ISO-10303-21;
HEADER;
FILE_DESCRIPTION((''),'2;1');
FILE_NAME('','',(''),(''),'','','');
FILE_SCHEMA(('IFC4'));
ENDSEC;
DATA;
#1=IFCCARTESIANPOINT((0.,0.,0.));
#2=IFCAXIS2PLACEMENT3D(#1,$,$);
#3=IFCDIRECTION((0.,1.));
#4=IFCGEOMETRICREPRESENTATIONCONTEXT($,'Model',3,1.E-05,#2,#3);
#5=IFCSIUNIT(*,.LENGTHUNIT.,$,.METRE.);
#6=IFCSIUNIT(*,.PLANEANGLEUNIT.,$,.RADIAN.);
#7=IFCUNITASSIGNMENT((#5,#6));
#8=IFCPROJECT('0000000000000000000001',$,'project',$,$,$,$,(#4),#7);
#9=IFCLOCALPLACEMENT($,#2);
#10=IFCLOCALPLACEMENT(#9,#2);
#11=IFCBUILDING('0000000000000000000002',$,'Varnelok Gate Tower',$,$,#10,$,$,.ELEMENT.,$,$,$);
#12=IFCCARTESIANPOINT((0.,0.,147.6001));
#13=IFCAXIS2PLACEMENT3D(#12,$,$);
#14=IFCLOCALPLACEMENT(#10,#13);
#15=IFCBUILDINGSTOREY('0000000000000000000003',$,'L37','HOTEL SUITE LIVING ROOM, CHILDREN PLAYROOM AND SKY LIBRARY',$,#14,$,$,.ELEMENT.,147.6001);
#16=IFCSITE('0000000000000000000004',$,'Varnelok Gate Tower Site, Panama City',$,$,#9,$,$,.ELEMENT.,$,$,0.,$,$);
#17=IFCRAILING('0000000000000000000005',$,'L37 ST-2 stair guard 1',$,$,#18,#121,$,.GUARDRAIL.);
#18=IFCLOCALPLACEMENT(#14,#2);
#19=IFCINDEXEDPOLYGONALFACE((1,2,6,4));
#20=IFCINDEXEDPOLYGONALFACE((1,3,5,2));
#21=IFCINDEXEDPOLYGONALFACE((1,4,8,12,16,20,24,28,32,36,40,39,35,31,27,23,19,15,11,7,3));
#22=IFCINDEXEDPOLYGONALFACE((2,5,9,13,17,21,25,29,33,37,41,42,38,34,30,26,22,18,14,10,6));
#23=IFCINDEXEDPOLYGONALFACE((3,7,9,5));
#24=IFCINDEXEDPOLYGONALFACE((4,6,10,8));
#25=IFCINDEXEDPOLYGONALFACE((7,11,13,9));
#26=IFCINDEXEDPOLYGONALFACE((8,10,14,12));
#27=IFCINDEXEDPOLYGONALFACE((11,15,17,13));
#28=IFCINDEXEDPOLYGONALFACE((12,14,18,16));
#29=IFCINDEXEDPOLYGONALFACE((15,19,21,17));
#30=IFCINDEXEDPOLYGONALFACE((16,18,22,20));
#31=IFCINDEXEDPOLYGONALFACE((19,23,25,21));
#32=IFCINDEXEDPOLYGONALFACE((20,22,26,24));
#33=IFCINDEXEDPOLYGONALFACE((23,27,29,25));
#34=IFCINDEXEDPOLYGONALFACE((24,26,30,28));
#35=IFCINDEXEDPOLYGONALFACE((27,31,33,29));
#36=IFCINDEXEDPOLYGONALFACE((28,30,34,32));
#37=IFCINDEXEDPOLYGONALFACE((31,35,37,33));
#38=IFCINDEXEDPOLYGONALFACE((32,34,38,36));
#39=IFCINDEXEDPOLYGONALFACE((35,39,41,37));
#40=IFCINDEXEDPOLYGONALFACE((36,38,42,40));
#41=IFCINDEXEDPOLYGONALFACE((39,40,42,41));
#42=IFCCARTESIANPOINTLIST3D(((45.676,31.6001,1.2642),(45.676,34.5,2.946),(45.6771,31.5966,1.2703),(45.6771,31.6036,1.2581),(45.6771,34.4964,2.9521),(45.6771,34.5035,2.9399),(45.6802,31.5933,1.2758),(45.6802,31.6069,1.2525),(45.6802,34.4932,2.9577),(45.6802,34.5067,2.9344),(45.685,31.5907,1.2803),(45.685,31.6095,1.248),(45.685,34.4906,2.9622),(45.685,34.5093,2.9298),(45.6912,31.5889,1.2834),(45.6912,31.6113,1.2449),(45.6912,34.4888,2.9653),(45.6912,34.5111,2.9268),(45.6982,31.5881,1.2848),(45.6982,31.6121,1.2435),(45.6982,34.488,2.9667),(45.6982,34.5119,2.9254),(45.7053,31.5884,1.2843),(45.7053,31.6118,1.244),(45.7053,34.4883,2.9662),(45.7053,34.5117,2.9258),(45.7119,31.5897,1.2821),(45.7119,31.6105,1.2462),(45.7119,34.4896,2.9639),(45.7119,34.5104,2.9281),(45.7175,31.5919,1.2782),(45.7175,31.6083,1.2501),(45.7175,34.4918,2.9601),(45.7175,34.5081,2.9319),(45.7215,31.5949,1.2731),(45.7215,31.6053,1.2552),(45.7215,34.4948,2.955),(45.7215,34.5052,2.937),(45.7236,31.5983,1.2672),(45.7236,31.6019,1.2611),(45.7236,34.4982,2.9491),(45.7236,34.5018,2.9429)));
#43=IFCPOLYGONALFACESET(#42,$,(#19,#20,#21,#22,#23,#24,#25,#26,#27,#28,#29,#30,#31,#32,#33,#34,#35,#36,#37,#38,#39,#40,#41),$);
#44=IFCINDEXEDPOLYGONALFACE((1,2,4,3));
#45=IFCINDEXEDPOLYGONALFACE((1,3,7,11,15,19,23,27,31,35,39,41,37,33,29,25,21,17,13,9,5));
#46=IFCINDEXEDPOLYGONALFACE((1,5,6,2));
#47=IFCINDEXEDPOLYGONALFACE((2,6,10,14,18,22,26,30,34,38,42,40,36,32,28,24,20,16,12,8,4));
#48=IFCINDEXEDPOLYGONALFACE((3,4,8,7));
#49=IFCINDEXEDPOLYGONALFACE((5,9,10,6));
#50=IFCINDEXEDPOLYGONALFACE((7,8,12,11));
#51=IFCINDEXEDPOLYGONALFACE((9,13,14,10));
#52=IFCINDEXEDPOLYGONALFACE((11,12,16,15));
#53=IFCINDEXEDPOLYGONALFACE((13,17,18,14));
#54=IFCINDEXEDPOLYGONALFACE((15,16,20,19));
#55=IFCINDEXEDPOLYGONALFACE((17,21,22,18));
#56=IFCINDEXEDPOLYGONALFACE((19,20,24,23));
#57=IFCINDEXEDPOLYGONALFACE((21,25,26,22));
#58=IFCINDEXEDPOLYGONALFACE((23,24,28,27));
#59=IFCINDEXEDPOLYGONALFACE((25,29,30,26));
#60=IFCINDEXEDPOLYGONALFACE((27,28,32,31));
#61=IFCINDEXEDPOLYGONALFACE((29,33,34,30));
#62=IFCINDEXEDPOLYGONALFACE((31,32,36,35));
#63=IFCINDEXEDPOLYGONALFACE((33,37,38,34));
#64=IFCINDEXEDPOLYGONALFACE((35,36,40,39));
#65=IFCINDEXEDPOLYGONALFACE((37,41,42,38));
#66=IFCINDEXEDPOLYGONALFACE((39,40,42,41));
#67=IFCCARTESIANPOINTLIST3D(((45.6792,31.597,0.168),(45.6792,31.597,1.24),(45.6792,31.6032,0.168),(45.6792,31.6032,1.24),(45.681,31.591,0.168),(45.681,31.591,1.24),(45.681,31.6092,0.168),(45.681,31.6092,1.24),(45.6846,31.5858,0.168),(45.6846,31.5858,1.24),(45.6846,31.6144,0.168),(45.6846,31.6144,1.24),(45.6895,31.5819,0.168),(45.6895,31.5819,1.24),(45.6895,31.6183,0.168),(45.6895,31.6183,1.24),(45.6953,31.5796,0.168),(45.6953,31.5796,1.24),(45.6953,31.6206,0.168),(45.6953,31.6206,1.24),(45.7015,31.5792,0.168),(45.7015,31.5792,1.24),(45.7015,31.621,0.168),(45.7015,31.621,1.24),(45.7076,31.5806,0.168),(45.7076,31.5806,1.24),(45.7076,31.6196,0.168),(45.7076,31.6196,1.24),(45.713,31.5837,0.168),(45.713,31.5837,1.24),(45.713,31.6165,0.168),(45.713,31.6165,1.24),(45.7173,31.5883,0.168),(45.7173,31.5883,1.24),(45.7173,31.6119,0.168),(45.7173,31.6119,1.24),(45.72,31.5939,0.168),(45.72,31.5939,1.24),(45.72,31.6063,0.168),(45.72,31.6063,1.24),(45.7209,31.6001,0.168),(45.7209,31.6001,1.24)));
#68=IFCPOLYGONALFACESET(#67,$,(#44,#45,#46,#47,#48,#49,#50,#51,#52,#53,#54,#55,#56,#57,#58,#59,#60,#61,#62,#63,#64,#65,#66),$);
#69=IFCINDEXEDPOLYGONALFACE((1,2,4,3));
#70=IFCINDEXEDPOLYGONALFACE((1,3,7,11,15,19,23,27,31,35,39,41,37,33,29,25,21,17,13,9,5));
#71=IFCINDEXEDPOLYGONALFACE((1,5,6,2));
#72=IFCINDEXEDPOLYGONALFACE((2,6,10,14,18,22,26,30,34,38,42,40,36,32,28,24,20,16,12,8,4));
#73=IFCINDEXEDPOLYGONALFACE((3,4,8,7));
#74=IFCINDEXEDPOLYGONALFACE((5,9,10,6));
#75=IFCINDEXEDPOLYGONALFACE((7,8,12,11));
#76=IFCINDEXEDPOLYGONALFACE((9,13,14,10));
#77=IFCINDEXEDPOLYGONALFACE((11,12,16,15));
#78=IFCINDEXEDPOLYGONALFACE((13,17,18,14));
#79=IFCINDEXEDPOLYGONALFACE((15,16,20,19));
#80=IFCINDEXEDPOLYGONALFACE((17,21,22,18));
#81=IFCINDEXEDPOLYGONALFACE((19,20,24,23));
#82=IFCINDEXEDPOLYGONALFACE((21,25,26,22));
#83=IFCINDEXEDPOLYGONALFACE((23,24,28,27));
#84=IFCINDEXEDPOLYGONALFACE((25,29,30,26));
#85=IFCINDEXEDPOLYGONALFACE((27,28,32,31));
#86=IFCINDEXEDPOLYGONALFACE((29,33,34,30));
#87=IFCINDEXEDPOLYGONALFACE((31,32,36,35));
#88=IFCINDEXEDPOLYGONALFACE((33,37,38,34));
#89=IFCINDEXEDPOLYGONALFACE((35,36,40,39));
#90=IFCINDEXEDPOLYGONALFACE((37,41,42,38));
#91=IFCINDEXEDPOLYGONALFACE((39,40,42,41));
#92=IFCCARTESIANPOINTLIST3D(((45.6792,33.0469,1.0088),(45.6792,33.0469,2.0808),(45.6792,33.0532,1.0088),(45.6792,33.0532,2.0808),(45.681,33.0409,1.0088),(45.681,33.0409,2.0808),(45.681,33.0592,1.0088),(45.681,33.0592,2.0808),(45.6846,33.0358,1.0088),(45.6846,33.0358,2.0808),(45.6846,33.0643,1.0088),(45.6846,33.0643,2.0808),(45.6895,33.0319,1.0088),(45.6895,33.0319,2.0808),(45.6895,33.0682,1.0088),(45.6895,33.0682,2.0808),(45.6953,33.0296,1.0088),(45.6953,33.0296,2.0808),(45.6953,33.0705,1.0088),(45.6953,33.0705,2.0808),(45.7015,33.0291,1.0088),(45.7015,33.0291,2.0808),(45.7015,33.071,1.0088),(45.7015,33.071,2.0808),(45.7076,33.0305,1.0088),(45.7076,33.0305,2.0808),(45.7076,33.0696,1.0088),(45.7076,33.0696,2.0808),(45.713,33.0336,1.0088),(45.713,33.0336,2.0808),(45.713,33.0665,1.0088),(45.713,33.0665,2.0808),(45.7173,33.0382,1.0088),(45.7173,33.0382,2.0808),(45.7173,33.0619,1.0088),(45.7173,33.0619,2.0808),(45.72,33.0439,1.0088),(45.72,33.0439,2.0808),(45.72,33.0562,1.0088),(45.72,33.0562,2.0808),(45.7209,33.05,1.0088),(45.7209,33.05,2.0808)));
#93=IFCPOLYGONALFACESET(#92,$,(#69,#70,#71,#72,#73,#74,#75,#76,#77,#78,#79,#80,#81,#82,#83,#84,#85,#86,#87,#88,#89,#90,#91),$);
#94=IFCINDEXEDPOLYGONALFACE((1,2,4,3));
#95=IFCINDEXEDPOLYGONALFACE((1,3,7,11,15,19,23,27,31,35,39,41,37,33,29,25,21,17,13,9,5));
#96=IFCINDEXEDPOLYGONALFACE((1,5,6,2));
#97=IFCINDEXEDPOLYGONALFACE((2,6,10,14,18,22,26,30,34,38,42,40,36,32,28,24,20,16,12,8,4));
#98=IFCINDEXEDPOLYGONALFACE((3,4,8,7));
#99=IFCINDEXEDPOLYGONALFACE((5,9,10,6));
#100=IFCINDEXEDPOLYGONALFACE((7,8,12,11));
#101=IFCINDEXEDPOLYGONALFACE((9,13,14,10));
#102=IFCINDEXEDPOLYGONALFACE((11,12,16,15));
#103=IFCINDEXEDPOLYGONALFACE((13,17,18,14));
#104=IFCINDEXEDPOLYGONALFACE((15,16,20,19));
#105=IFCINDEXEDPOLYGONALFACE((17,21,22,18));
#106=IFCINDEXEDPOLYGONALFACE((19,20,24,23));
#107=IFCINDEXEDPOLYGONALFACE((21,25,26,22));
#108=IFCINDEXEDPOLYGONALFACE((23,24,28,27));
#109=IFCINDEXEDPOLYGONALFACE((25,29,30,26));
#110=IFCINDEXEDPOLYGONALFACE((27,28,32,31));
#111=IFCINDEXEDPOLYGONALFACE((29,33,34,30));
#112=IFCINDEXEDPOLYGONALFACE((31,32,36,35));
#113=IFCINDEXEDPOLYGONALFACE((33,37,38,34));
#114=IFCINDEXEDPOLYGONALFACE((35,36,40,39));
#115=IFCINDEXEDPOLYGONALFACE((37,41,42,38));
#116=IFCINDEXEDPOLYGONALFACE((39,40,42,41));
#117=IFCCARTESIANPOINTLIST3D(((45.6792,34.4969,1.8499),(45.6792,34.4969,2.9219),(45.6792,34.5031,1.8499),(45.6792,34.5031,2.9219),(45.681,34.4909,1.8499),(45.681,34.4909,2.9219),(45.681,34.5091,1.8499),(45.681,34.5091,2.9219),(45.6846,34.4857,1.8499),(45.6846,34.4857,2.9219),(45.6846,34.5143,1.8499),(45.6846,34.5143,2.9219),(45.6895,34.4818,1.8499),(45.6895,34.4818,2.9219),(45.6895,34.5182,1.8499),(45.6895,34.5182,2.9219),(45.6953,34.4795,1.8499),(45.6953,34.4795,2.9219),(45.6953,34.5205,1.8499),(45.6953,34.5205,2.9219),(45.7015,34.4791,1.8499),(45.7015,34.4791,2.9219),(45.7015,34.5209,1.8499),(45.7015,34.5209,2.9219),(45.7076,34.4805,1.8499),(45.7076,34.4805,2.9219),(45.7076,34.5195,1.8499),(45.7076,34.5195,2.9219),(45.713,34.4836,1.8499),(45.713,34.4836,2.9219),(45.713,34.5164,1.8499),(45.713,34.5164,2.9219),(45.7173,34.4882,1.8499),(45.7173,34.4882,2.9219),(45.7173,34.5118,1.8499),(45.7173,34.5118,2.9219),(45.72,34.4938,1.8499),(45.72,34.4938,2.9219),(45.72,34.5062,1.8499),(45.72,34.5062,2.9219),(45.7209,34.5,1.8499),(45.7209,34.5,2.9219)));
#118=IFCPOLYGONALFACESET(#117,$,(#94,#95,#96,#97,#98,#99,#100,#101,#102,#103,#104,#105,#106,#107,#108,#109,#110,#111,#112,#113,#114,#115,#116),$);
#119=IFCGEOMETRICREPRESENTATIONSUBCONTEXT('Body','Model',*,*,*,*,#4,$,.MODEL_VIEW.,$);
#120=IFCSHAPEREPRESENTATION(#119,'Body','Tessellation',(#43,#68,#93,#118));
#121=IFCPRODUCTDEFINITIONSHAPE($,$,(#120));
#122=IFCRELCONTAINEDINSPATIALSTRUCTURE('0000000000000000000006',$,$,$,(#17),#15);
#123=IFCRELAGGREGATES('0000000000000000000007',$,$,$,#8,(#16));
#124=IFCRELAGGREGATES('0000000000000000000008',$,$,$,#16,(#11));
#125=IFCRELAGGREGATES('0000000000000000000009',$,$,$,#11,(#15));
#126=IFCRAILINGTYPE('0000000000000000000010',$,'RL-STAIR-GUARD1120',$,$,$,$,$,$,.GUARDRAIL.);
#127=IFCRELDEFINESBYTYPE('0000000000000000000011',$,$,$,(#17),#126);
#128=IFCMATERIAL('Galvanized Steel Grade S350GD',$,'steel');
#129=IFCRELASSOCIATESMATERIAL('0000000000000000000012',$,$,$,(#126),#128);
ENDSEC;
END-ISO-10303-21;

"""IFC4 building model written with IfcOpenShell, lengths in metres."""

from ifc_helpers import new_model, si_unit, direction, frame, origin, origin_2d, place, context, subcontext, project, spatial, circle, extrude, material, type_object, element, save


model = new_model("IFC4")

# Units and contexts
model_context = context("Model", 3, precision=1e-05, world=origin(), true_north=direction((0.0, 1.0)))
body_context = subcontext(model_context, "Body", "Model", "MODEL_VIEW")
ifc_project = project(units=[si_unit("LENGTHUNIT", "METRE"), si_unit("PLANEANGLEUNIT", "RADIAN")], contexts=[model_context])

# Site, building, storey
site_placement = place(None, origin())
site = spatial("IfcSite", under=ifc_project, at=site_placement, Name="Varnelok Gate Tower Site, Panama City", CompositionType="ELEMENT", RefElevation=0.0)
building_placement = place(site_placement, origin())
building = spatial("IfcBuilding", under=site, at=building_placement, Name="Varnelok Gate Tower", CompositionType="ELEMENT")
storey_placement = place(building_placement, frame((0.0, 0.0, 147.6001)))
storey = spatial("IfcBuildingStorey", under=building, at=storey_placement, Name="L37", Description="HOTEL SUITE LIVING ROOM, CHILDREN PLAYROOM AND SKY LIBRARY", CompositionType="ELEMENT", Elevation=147.6001)

# Shared definitions
ifc_material_1 = material(Name="Galvanized Steel Grade S350GD", Category="steel")

# Railing
railing_type_1 = type_object("IfcRailingType", Name="RL-STAIR-GUARD1120", PredefinedType="GUARDRAIL", material=ifc_material_1)
railing_1_placement = place(storey_placement, frame((45.7, 31.6001, 0.168)))
element("IfcRailing", 1, at=railing_1_placement, inside=storey, type_object=railing_type_1, Name="L37 ST-2 stair guard 1", PredefinedType="GUARDRAIL", context=body_context, shape_type="SweptSolid", body=[
    extrude(circle(Radius=0.0239, at=origin_2d()), frame((0.0, 0.0, 1.0962), z_axis=(0.0, 0.865039, 0.501705), x_axis=(-1.0, 0.0, 0.0)), (0.0, 0.0, 1.0), 3.3523),
    extrude(circle(Radius=0.021, at=origin_2d()), origin(), (0.0, 0.0, 1.0), 1.072),
    extrude(circle(Radius=0.021, at=origin_2d()), frame((0.0, 1.45, 0.8408)), (0.0, 0.0, 1.0), 1.072),
    extrude(circle(Radius=0.021, at=origin_2d()), frame((0.0, 2.8999, 1.6819)), (0.0, 0.0, 1.0), 1.072),
])

save(model, "model.ifc")
